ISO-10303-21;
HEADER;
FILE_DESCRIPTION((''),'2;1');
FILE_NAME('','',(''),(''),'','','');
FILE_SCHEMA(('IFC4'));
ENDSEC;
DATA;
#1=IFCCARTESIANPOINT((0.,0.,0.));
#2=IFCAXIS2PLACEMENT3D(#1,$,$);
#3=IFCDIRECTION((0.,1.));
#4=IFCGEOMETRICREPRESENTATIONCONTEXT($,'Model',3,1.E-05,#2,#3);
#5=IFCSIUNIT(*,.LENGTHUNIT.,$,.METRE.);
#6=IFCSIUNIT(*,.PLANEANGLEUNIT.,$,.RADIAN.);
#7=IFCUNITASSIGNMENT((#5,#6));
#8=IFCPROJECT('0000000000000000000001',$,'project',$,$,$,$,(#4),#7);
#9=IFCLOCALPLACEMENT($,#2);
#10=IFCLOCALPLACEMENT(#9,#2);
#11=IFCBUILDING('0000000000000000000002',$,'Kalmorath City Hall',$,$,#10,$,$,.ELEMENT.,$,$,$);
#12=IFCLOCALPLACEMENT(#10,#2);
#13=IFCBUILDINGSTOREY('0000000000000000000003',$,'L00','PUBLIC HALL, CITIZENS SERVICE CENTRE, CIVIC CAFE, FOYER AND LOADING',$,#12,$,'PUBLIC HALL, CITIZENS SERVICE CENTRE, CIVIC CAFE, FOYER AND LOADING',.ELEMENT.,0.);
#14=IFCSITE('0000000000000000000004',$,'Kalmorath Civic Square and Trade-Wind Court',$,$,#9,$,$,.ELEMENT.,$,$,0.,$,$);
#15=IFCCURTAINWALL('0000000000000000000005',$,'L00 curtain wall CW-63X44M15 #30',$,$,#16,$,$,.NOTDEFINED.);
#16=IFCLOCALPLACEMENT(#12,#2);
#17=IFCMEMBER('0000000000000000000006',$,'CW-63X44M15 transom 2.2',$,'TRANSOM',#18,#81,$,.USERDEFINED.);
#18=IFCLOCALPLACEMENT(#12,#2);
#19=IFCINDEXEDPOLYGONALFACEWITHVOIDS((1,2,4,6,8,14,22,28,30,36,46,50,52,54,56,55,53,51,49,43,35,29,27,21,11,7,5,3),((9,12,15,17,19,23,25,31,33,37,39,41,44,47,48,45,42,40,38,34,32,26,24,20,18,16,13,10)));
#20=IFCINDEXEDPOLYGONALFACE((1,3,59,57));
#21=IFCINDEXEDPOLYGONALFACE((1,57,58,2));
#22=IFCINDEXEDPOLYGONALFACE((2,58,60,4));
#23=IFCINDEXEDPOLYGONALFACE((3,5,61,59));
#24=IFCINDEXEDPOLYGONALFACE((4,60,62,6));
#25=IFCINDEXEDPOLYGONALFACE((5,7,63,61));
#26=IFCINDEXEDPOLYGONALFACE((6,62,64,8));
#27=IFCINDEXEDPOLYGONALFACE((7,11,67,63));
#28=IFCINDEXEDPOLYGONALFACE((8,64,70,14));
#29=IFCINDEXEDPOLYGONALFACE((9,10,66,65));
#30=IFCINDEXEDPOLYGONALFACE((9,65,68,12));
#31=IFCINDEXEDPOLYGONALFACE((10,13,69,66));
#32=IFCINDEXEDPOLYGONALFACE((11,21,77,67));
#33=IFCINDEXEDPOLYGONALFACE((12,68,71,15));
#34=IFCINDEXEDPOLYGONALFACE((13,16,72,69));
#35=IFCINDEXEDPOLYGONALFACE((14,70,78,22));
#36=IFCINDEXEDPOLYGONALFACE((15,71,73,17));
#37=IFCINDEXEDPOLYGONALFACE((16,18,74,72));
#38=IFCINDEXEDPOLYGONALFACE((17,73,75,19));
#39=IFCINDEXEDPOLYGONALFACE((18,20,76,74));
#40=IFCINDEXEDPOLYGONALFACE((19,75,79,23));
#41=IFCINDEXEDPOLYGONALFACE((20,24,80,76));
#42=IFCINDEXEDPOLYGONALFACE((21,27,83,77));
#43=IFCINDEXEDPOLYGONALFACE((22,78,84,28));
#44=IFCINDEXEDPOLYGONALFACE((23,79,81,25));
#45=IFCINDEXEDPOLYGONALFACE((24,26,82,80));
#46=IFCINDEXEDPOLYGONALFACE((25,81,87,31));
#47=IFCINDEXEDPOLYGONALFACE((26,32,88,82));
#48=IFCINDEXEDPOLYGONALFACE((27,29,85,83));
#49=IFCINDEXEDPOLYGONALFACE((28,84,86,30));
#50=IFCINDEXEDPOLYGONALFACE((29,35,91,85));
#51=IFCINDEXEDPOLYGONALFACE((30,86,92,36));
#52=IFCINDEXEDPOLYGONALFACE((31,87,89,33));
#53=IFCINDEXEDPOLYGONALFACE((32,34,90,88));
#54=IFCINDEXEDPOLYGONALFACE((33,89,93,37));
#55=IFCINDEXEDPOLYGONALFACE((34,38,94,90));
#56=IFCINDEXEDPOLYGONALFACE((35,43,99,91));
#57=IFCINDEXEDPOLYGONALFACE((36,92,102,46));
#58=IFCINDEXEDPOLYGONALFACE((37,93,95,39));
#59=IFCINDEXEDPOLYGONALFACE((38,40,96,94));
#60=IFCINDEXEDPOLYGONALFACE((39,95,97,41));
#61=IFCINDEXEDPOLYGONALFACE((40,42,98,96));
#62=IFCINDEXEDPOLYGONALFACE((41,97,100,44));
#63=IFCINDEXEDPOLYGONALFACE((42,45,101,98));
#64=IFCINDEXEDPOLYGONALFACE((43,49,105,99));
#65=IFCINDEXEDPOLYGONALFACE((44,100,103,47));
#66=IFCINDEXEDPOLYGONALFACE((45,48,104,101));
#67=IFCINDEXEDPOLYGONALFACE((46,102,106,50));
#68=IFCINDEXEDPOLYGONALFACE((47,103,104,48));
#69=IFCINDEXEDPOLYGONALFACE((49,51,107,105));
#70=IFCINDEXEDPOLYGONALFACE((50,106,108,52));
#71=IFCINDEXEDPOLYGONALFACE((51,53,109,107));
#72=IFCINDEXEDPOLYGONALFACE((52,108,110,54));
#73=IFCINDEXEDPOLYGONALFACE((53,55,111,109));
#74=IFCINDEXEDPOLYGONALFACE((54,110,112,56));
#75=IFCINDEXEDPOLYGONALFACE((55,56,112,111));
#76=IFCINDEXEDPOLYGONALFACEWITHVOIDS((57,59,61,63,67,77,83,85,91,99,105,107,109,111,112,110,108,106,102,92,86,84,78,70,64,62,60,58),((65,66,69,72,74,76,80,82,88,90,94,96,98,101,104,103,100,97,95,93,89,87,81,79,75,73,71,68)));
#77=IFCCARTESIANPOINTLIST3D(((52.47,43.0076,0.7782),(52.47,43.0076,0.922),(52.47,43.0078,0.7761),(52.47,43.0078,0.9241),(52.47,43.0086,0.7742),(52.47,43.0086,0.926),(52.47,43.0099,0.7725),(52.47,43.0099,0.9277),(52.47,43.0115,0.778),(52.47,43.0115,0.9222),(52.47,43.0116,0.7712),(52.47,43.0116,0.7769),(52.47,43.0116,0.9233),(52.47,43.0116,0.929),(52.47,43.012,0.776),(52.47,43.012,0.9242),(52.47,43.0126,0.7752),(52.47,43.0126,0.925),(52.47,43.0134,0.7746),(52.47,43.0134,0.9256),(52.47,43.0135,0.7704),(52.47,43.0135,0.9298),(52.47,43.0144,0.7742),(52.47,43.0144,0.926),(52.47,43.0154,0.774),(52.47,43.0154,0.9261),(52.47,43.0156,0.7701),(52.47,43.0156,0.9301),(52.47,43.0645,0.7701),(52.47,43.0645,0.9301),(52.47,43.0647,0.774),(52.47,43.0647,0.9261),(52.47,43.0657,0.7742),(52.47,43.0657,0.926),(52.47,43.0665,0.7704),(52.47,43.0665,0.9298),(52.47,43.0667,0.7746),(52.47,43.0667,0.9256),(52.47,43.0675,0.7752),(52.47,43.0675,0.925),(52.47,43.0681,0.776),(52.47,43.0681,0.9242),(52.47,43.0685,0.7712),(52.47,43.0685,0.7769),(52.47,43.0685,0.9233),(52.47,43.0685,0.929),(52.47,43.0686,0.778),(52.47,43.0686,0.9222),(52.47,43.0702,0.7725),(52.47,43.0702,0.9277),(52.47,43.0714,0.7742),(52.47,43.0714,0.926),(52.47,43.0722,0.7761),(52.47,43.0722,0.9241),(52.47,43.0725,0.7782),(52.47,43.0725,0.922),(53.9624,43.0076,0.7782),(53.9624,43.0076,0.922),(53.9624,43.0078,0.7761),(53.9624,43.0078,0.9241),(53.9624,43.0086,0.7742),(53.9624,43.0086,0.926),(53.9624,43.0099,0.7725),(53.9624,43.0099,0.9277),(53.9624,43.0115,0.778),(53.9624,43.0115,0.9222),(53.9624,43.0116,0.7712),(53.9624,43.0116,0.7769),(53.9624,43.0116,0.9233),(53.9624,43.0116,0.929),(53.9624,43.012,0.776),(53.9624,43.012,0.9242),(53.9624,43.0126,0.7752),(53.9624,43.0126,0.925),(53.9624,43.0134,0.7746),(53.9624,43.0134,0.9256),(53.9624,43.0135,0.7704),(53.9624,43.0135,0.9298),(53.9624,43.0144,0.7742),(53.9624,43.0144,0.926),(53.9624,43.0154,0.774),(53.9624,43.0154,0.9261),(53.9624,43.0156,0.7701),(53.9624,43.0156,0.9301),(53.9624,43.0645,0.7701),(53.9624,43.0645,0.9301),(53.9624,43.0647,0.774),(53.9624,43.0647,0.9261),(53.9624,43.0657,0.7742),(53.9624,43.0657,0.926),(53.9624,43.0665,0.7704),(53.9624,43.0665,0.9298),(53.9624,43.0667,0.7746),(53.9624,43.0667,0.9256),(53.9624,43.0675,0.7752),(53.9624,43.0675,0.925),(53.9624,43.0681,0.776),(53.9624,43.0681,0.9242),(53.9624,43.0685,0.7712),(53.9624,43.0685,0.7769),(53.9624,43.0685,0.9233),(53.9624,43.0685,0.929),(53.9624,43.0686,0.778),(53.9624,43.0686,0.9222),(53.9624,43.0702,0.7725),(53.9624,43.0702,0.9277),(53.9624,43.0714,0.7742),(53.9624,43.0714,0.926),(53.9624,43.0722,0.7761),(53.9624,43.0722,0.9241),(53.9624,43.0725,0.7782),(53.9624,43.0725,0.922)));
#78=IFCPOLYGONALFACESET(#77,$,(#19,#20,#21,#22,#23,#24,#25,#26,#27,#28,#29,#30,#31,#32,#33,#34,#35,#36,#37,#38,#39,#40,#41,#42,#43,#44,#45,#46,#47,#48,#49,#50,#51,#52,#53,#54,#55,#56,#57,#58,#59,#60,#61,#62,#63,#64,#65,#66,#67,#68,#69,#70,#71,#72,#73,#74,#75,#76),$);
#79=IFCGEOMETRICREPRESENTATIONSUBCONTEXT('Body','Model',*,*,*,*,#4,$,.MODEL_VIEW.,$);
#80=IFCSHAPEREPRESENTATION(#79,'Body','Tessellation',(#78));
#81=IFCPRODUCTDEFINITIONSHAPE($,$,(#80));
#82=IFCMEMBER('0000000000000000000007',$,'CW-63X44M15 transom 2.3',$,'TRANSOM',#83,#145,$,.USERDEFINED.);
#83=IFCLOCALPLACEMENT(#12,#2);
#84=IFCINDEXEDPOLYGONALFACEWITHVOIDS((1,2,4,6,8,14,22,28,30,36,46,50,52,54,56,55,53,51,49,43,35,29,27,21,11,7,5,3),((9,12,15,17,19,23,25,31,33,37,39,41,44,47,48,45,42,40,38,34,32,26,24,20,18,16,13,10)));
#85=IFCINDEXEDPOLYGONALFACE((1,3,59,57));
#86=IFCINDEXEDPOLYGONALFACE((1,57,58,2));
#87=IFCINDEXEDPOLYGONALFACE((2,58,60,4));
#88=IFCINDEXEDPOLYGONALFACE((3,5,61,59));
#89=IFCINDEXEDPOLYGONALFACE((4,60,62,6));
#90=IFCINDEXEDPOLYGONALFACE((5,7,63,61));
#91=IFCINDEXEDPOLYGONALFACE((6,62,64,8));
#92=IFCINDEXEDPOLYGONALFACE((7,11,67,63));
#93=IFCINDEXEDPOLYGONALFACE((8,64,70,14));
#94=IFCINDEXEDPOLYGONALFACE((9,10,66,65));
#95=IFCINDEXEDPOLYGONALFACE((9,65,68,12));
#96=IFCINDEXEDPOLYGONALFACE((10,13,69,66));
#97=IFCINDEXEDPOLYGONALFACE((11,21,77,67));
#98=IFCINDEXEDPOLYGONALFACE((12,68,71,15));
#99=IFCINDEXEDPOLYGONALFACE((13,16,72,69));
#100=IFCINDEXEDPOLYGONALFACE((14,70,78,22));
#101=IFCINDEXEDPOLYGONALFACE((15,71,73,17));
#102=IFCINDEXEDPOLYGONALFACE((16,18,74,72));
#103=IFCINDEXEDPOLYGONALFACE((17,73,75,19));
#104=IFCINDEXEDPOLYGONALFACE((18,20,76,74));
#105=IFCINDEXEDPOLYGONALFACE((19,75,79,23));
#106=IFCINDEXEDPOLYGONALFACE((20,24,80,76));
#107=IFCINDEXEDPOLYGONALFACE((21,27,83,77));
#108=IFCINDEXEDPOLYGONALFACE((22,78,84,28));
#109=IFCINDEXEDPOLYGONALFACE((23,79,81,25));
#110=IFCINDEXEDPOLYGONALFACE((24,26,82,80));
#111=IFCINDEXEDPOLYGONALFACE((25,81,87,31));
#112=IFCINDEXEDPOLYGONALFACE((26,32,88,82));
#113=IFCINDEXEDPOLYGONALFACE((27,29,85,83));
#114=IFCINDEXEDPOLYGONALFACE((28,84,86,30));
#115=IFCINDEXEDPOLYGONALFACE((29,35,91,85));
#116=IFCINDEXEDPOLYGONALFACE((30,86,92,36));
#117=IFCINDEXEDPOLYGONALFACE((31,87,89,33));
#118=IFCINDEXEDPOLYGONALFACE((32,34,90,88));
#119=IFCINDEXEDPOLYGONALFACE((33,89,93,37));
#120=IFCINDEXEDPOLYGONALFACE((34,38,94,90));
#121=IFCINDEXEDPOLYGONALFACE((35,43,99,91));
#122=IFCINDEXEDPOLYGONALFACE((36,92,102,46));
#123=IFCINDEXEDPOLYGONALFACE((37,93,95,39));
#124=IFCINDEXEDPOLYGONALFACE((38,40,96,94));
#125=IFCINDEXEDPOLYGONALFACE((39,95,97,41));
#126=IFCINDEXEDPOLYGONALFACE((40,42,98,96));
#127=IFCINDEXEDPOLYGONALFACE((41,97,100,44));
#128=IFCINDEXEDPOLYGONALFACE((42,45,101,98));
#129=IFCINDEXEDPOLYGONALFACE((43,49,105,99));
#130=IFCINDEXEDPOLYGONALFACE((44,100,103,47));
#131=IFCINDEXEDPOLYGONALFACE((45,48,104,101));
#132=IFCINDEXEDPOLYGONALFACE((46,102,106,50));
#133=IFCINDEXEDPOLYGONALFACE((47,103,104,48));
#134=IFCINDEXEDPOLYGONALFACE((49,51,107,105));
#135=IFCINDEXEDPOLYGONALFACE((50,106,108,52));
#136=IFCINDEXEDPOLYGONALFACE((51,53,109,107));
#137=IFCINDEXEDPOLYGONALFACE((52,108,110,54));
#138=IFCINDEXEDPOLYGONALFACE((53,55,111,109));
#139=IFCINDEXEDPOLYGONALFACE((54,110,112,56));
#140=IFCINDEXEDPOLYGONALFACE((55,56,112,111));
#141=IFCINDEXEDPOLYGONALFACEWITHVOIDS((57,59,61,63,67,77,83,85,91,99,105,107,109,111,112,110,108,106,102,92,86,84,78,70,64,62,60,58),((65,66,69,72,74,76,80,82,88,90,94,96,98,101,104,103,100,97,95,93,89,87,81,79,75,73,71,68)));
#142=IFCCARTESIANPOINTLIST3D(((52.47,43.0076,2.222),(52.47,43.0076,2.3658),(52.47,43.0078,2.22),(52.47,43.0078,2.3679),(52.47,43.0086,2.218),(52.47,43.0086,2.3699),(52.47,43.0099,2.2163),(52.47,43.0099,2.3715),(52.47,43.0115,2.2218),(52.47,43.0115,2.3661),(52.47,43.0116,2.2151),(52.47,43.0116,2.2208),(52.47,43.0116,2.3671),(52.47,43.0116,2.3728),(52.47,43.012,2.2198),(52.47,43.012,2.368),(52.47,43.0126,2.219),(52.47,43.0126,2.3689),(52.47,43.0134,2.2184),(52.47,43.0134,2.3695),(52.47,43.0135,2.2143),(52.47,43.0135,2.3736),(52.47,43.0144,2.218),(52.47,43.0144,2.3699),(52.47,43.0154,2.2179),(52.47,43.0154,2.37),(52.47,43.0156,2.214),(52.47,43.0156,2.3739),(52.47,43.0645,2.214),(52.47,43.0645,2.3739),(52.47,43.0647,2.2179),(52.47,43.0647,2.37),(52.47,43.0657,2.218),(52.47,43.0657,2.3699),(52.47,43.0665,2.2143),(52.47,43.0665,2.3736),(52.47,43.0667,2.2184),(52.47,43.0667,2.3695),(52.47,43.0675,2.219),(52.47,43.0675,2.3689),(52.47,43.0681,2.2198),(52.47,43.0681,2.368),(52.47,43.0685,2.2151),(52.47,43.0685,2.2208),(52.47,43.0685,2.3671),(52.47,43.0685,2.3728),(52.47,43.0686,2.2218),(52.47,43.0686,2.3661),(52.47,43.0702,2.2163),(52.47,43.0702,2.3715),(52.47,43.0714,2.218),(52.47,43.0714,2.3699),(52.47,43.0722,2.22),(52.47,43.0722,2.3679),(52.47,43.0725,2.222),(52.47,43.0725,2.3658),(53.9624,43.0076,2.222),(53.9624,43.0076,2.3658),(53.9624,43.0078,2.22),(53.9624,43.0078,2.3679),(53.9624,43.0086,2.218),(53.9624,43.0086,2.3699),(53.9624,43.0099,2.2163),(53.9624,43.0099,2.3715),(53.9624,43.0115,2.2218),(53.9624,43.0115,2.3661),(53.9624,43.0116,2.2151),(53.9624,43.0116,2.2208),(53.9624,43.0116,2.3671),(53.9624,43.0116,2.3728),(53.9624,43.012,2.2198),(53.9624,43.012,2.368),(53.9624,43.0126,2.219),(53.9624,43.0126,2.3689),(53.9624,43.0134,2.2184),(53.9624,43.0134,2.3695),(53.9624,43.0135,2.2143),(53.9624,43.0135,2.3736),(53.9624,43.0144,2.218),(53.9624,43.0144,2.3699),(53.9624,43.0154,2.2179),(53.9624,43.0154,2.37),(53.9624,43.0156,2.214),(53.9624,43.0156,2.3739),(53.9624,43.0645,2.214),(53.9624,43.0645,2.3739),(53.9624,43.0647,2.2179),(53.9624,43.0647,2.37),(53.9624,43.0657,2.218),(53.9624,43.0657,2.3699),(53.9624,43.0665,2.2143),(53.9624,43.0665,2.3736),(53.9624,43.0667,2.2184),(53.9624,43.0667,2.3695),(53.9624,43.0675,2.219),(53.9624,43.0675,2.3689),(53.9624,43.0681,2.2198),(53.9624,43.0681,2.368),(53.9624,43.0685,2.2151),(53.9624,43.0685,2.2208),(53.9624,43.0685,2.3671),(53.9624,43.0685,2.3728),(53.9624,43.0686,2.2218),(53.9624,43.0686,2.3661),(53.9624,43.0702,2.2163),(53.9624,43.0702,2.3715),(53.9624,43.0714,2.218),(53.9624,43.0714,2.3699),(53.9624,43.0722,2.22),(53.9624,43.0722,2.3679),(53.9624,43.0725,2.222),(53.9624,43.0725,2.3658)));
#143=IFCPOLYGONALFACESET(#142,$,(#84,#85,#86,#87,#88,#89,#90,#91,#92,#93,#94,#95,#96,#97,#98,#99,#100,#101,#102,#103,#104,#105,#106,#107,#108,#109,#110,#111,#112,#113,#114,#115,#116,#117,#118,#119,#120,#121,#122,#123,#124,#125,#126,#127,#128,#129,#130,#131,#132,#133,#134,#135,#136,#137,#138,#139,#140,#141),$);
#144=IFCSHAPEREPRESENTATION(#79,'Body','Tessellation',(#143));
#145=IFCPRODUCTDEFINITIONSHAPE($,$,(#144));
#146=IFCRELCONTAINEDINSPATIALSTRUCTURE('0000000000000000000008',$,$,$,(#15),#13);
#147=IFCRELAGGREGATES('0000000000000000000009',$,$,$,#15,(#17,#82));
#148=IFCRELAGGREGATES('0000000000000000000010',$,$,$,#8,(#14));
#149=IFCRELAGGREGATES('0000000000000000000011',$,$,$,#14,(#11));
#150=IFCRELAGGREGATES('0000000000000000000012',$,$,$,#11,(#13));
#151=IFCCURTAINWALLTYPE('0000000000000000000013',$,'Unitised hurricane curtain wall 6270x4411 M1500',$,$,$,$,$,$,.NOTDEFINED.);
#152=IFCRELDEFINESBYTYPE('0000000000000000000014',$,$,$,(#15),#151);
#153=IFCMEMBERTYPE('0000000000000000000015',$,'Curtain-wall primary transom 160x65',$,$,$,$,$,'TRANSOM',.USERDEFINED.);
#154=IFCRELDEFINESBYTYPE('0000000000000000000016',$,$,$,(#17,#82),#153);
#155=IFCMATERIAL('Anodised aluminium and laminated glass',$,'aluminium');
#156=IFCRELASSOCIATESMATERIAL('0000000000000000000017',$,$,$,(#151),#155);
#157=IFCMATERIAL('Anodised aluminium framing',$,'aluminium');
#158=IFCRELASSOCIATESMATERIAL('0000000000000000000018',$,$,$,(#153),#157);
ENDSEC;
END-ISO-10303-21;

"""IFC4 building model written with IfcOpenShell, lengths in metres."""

from ifc_helpers import new_model, si_unit, direction, frame, origin, origin_2d, place, context, subcontext, project, spatial, hollow_rectangle, extrude, material, material_profile, profile_set, type_object, element, aggregate, save


model = new_model("IFC4")

# Units and contexts
model_context = context("Model", 3, precision=1e-05, world=origin(), true_north=direction((0.0, 1.0)))
body_context = subcontext(model_context, "Body", "Model", "MODEL_VIEW")
ifc_project = project(units=[si_unit("LENGTHUNIT", "METRE"), si_unit("PLANEANGLEUNIT", "RADIAN")], contexts=[model_context])

# Site, building, storey
site_placement = place(None, origin())
site = spatial("IfcSite", under=ifc_project, at=site_placement, Name="Kalmorath Civic Square and Trade-Wind Court", CompositionType="ELEMENT", RefElevation=0.0)
building_placement = place(site_placement, origin())
building = spatial("IfcBuilding", under=site, at=building_placement, Name="Kalmorath City Hall", CompositionType="ELEMENT")
storey_placement = place(building_placement, origin())
storey = spatial("IfcBuildingStorey", under=building, at=storey_placement, Name="L00", Description="PUBLIC HALL, CITIZENS SERVICE CENTRE, CIVIC CAFE, FOYER AND LOADING", LongName="PUBLIC HALL, CITIZENS SERVICE CENTRE, CIVIC CAFE, FOYER AND LOADING", CompositionType="ELEMENT", Elevation=0.0)

# Curtain wall, members
ifc_material_1 = material(Name="Anodised aluminium and laminated glass", Category="aluminium")
curtain_wall_type = type_object("IfcCurtainWallType", Name="Unitised hurricane curtain wall 6270x4411 M1500", PredefinedType="NOTDEFINED", material=ifc_material_1)
curtain_wall_placement = place(storey_placement, origin())
curtain_wall = element("IfcCurtainWall", 1, at=curtain_wall_placement, inside=storey, type_object=curtain_wall_type, Name="L00 curtain wall CW-63X44M15 #30", PredefinedType="NOTDEFINED")
ifc_material_2 = material(Name="Anodised aluminium framing", Category="aluminium")
ifc_material_profile_1 = material_profile(ifc_material_2, hollow_rectangle(XDim=0.0649, YDim=0.1599, WallThickness=0.0039, InnerFilletRadius=0.0039, OuterFilletRadius=0.0081, at=origin_2d()), Name="ALU-TRN-160X65X4")
ifc_profile_set_1 = profile_set([ifc_material_profile_1], Name="Anodised aluminium framing")
member_type_1 = type_object("IfcMemberType", Name="Curtain-wall primary transom 160x65", ElementType="TRANSOM", PredefinedType="USERDEFINED", material=ifc_profile_set_1)
member_1_placement = place(storey_placement, frame((52.47, 43.04, 0.8501), z_axis=(1.0, 0.0, 0.0), x_axis=(0.0, 1.0, 0.0)))
member_1 = element("IfcMember", 2, at=member_1_placement, type_object=member_type_1, Name="CW-63X44M15 transom 2.2", ObjectType="TRANSOM", PredefinedType="USERDEFINED", context=body_context, shape_type="SweptSolid", body=[
    extrude(hollow_rectangle(XDim=0.0649, YDim=0.1599, WallThickness=0.0039, InnerFilletRadius=0.0039, OuterFilletRadius=0.0081, at=origin_2d()), origin(), (0.0, 0.0, 1.0), 1.4924),
])
member_2_placement = place(storey_placement, frame((52.47, 43.04, 2.2939), z_axis=(1.0, 0.0, 0.0), x_axis=(0.0, 1.0, 0.0)))
member_2 = element("IfcMember", 3, at=member_2_placement, type_object=member_type_1, Name="CW-63X44M15 transom 2.3", ObjectType="TRANSOM", PredefinedType="USERDEFINED", context=body_context, shape_type="SweptSolid", body=[
    extrude(hollow_rectangle(XDim=0.0649, YDim=0.1599, WallThickness=0.0039, InnerFilletRadius=0.0039, OuterFilletRadius=0.0081, at=origin_2d()), origin(), (0.0, 0.0, 1.0), 1.4924),
])

aggregate(curtain_wall, [member_1, member_2])

save(model, "model.ifc")
